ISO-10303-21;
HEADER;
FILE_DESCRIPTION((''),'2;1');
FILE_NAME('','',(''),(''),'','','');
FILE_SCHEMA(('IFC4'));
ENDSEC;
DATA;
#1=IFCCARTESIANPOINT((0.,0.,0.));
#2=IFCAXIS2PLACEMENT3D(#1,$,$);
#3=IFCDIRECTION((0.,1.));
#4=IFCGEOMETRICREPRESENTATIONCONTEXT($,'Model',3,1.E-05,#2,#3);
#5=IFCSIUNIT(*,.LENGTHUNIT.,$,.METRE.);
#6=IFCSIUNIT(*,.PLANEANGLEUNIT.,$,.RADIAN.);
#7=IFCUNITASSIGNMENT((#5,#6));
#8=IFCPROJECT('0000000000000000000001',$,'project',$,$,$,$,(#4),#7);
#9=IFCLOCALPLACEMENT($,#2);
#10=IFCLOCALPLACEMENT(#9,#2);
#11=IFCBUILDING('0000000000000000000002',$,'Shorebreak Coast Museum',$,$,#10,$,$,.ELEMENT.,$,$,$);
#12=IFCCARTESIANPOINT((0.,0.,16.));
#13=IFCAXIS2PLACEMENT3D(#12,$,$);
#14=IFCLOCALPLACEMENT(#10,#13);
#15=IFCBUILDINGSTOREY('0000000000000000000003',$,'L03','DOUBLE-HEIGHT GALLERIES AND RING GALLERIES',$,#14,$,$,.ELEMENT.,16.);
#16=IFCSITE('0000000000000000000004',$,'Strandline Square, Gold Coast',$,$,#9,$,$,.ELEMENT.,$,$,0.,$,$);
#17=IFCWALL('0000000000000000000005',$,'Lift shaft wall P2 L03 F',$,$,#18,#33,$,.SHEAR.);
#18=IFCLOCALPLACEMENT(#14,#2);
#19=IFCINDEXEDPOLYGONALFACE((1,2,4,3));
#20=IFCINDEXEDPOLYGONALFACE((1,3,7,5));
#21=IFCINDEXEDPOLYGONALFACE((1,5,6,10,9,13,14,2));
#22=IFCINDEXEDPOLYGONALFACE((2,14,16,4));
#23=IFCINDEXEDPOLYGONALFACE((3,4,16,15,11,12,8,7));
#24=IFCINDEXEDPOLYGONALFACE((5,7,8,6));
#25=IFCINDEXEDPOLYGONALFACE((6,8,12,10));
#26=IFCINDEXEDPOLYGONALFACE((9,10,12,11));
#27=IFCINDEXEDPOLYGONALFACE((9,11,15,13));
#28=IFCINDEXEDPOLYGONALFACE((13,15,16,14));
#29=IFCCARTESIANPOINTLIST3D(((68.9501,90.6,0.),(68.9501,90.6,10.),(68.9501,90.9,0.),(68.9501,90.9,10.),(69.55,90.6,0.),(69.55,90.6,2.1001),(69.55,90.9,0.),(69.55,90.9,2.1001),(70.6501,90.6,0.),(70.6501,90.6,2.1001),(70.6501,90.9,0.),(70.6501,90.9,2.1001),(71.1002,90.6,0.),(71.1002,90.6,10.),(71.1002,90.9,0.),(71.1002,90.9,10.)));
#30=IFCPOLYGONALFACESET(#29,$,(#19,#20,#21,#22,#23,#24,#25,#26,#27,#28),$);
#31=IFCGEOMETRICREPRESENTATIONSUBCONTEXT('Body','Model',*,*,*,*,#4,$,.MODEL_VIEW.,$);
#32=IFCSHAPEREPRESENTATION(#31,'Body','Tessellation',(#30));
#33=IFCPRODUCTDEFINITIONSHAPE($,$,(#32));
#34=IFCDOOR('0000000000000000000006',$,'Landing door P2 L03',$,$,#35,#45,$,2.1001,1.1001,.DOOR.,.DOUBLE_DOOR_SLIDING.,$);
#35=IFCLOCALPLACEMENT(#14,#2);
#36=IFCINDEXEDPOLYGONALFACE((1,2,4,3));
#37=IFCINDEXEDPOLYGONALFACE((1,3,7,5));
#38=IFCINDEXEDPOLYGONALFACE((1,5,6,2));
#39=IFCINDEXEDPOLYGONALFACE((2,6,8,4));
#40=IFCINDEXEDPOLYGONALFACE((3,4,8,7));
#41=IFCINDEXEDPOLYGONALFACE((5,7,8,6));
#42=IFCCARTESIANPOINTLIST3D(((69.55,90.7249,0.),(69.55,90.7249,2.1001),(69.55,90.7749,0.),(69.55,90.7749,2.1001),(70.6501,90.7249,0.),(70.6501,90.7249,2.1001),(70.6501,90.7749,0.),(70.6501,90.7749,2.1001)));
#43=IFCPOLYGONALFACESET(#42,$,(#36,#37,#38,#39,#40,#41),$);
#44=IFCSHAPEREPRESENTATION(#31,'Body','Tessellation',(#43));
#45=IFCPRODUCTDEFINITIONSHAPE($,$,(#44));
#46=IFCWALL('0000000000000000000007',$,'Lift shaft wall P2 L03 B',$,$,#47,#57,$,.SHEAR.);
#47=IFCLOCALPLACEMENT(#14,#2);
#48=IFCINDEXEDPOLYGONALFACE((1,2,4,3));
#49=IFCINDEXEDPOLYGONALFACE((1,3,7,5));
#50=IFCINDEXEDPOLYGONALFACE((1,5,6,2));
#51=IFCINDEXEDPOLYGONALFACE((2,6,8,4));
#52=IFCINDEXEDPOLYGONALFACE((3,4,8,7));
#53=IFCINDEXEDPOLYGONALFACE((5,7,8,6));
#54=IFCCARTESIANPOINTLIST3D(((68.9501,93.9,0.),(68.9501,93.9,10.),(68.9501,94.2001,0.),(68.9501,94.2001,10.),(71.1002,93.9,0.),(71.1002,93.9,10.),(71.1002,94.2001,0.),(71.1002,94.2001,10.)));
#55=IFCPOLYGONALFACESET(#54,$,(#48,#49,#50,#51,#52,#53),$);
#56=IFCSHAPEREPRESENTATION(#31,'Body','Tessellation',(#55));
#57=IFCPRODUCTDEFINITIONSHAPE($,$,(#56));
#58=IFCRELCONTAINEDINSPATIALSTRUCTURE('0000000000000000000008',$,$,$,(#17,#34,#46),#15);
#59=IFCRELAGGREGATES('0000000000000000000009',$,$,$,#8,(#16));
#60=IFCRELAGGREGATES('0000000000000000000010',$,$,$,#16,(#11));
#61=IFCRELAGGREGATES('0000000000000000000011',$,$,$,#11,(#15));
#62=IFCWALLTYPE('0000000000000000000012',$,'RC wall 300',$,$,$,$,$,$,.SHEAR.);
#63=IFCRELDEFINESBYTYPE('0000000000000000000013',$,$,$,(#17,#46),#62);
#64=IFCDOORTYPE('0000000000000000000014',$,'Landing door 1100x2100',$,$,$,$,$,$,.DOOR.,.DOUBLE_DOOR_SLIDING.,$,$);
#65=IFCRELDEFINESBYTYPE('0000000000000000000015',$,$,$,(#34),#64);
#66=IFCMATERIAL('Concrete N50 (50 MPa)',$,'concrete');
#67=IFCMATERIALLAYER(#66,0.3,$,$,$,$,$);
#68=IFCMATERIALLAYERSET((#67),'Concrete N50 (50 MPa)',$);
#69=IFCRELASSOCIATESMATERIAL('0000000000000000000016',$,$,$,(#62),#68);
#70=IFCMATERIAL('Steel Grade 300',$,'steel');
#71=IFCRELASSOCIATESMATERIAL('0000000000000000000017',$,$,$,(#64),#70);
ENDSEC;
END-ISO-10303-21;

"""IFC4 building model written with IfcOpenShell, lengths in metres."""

from ifc_helpers import new_model, si_unit, direction, frame, frame_2d, origin, place, context, subcontext, project, spatial, rectangle, extrude, material, layer, layer_set, type_object, element, fill, save


model = new_model("IFC4")

# Units and contexts
model_context = context("Model", 3, precision=1e-05, world=origin(), true_north=direction((0.0, 1.0)))
body_context = subcontext(model_context, "Body", "Model", "MODEL_VIEW")
ifc_project = project(units=[si_unit("LENGTHUNIT", "METRE"), si_unit("PLANEANGLEUNIT", "RADIAN")], contexts=[model_context])

# Site, building, storey
site_placement = place(None, origin())
site = spatial("IfcSite", under=ifc_project, at=site_placement, Name="Strandline Square, Gold Coast", CompositionType="ELEMENT", RefElevation=0.0)
building_placement = place(site_placement, origin())
building = spatial("IfcBuilding", under=site, at=building_placement, Name="Shorebreak Coast Museum", CompositionType="ELEMENT")
storey_placement = place(building_placement, frame((0.0, 0.0, 16.0)))
storey = spatial("IfcBuildingStorey", under=building, at=storey_placement, Name="L03", Description="DOUBLE-HEIGHT GALLERIES AND RING GALLERIES", CompositionType="ELEMENT", Elevation=16.0)

# Shared definitions
ifc_material_1 = material(Name="Concrete N50 (50 MPa)", Category="concrete")
ifc_layer_1 = layer(ifc_material_1, 0.3)
ifc_layer_set_1 = layer_set([ifc_layer_1], Name="Concrete N50 (50 MPa)")
wall_type_1 = type_object("IfcWallType", Name="RC wall 300", PredefinedType="SHEAR", material=ifc_layer_set_1)

# Shared definitions
ifc_material_2 = material(Name="Steel Grade 300", Category="steel")
door_type_1 = type_object("IfcDoorType", Name="Landing door 1100x2100", OperationType="DOUBLE_DOOR_SLIDING", PredefinedType="DOOR", material=ifc_material_2)

# Wall, opening, door
wall_1_placement = place(storey_placement, frame((68.95, 90.75, 0.0), z_axis=(0.0, 0.0, 1.0), x_axis=(1.0, 0.0, 0.0)))
wall_1 = element("IfcWall", 1, at=wall_1_placement, inside=storey, type_object=wall_type_1, Name="Lift shaft wall P2 L03 F", PredefinedType="SHEAR", context=body_context, shape_type="SweptSolid", body=[
    extrude(rectangle(XDim=2.1501, YDim=0.3, at=frame_2d((1.0752, 0.0))), origin(), (0.0, 0.0, 1.0), 10.0),
])
opening_1_placement = place(wall_1_placement, frame((0.6001, 0.0, 0.0)))
opening_1 = element("IfcOpeningElement", 2, at=opening_1_placement, cuts=wall_1, PredefinedType="OPENING", context=body_context, shape_type="SweptSolid", body=[
    extrude(rectangle(XDim=1.1001, YDim=2.1001, at=frame_2d((0.55, 1.05))), frame((0.0, 0.1599, 0.0), z_axis=(0.0, -1.0, 0.0), x_axis=(1.0, 0.0, 0.0)), (0.0, 0.0, 1.0), 0.3201),
])
door_1_placement = place(opening_1_placement, origin())
door_1 = element("IfcDoor", 3, at=door_1_placement, inside=storey, type_object=door_type_1, Name="Landing door P2 L03", OperationType="DOUBLE_DOOR_SLIDING", OverallHeight=2.1001, OverallWidth=1.1001, PredefinedType="DOOR", context=body_context, shape_type="SweptSolid", body=[
    extrude(rectangle(XDim=1.1001, YDim=2.1001, at=frame_2d((0.55, 1.05))), frame((0.0, 0.0249, 0.0), z_axis=(0.0, -1.0, 0.0), x_axis=(1.0, 0.0, 0.0)), (0.0, 0.0, 1.0), 0.05),
])
fill(opening_1, door_1)

# Wall
wall_2_placement = place(storey_placement, frame((68.95, 94.05, 0.0), z_axis=(0.0, 0.0, 1.0), x_axis=(1.0, 0.0, 0.0)))
element("IfcWall", 4, at=wall_2_placement, inside=storey, type_object=wall_type_1, Name="Lift shaft wall P2 L03 B", PredefinedType="SHEAR", context=body_context, shape_type="SweptSolid", body=[
    extrude(rectangle(XDim=2.1501, YDim=0.3, at=frame_2d((1.0752, 0.0))), origin(), (0.0, 0.0, 1.0), 10.0),
])

save(model, "model.ifc")
